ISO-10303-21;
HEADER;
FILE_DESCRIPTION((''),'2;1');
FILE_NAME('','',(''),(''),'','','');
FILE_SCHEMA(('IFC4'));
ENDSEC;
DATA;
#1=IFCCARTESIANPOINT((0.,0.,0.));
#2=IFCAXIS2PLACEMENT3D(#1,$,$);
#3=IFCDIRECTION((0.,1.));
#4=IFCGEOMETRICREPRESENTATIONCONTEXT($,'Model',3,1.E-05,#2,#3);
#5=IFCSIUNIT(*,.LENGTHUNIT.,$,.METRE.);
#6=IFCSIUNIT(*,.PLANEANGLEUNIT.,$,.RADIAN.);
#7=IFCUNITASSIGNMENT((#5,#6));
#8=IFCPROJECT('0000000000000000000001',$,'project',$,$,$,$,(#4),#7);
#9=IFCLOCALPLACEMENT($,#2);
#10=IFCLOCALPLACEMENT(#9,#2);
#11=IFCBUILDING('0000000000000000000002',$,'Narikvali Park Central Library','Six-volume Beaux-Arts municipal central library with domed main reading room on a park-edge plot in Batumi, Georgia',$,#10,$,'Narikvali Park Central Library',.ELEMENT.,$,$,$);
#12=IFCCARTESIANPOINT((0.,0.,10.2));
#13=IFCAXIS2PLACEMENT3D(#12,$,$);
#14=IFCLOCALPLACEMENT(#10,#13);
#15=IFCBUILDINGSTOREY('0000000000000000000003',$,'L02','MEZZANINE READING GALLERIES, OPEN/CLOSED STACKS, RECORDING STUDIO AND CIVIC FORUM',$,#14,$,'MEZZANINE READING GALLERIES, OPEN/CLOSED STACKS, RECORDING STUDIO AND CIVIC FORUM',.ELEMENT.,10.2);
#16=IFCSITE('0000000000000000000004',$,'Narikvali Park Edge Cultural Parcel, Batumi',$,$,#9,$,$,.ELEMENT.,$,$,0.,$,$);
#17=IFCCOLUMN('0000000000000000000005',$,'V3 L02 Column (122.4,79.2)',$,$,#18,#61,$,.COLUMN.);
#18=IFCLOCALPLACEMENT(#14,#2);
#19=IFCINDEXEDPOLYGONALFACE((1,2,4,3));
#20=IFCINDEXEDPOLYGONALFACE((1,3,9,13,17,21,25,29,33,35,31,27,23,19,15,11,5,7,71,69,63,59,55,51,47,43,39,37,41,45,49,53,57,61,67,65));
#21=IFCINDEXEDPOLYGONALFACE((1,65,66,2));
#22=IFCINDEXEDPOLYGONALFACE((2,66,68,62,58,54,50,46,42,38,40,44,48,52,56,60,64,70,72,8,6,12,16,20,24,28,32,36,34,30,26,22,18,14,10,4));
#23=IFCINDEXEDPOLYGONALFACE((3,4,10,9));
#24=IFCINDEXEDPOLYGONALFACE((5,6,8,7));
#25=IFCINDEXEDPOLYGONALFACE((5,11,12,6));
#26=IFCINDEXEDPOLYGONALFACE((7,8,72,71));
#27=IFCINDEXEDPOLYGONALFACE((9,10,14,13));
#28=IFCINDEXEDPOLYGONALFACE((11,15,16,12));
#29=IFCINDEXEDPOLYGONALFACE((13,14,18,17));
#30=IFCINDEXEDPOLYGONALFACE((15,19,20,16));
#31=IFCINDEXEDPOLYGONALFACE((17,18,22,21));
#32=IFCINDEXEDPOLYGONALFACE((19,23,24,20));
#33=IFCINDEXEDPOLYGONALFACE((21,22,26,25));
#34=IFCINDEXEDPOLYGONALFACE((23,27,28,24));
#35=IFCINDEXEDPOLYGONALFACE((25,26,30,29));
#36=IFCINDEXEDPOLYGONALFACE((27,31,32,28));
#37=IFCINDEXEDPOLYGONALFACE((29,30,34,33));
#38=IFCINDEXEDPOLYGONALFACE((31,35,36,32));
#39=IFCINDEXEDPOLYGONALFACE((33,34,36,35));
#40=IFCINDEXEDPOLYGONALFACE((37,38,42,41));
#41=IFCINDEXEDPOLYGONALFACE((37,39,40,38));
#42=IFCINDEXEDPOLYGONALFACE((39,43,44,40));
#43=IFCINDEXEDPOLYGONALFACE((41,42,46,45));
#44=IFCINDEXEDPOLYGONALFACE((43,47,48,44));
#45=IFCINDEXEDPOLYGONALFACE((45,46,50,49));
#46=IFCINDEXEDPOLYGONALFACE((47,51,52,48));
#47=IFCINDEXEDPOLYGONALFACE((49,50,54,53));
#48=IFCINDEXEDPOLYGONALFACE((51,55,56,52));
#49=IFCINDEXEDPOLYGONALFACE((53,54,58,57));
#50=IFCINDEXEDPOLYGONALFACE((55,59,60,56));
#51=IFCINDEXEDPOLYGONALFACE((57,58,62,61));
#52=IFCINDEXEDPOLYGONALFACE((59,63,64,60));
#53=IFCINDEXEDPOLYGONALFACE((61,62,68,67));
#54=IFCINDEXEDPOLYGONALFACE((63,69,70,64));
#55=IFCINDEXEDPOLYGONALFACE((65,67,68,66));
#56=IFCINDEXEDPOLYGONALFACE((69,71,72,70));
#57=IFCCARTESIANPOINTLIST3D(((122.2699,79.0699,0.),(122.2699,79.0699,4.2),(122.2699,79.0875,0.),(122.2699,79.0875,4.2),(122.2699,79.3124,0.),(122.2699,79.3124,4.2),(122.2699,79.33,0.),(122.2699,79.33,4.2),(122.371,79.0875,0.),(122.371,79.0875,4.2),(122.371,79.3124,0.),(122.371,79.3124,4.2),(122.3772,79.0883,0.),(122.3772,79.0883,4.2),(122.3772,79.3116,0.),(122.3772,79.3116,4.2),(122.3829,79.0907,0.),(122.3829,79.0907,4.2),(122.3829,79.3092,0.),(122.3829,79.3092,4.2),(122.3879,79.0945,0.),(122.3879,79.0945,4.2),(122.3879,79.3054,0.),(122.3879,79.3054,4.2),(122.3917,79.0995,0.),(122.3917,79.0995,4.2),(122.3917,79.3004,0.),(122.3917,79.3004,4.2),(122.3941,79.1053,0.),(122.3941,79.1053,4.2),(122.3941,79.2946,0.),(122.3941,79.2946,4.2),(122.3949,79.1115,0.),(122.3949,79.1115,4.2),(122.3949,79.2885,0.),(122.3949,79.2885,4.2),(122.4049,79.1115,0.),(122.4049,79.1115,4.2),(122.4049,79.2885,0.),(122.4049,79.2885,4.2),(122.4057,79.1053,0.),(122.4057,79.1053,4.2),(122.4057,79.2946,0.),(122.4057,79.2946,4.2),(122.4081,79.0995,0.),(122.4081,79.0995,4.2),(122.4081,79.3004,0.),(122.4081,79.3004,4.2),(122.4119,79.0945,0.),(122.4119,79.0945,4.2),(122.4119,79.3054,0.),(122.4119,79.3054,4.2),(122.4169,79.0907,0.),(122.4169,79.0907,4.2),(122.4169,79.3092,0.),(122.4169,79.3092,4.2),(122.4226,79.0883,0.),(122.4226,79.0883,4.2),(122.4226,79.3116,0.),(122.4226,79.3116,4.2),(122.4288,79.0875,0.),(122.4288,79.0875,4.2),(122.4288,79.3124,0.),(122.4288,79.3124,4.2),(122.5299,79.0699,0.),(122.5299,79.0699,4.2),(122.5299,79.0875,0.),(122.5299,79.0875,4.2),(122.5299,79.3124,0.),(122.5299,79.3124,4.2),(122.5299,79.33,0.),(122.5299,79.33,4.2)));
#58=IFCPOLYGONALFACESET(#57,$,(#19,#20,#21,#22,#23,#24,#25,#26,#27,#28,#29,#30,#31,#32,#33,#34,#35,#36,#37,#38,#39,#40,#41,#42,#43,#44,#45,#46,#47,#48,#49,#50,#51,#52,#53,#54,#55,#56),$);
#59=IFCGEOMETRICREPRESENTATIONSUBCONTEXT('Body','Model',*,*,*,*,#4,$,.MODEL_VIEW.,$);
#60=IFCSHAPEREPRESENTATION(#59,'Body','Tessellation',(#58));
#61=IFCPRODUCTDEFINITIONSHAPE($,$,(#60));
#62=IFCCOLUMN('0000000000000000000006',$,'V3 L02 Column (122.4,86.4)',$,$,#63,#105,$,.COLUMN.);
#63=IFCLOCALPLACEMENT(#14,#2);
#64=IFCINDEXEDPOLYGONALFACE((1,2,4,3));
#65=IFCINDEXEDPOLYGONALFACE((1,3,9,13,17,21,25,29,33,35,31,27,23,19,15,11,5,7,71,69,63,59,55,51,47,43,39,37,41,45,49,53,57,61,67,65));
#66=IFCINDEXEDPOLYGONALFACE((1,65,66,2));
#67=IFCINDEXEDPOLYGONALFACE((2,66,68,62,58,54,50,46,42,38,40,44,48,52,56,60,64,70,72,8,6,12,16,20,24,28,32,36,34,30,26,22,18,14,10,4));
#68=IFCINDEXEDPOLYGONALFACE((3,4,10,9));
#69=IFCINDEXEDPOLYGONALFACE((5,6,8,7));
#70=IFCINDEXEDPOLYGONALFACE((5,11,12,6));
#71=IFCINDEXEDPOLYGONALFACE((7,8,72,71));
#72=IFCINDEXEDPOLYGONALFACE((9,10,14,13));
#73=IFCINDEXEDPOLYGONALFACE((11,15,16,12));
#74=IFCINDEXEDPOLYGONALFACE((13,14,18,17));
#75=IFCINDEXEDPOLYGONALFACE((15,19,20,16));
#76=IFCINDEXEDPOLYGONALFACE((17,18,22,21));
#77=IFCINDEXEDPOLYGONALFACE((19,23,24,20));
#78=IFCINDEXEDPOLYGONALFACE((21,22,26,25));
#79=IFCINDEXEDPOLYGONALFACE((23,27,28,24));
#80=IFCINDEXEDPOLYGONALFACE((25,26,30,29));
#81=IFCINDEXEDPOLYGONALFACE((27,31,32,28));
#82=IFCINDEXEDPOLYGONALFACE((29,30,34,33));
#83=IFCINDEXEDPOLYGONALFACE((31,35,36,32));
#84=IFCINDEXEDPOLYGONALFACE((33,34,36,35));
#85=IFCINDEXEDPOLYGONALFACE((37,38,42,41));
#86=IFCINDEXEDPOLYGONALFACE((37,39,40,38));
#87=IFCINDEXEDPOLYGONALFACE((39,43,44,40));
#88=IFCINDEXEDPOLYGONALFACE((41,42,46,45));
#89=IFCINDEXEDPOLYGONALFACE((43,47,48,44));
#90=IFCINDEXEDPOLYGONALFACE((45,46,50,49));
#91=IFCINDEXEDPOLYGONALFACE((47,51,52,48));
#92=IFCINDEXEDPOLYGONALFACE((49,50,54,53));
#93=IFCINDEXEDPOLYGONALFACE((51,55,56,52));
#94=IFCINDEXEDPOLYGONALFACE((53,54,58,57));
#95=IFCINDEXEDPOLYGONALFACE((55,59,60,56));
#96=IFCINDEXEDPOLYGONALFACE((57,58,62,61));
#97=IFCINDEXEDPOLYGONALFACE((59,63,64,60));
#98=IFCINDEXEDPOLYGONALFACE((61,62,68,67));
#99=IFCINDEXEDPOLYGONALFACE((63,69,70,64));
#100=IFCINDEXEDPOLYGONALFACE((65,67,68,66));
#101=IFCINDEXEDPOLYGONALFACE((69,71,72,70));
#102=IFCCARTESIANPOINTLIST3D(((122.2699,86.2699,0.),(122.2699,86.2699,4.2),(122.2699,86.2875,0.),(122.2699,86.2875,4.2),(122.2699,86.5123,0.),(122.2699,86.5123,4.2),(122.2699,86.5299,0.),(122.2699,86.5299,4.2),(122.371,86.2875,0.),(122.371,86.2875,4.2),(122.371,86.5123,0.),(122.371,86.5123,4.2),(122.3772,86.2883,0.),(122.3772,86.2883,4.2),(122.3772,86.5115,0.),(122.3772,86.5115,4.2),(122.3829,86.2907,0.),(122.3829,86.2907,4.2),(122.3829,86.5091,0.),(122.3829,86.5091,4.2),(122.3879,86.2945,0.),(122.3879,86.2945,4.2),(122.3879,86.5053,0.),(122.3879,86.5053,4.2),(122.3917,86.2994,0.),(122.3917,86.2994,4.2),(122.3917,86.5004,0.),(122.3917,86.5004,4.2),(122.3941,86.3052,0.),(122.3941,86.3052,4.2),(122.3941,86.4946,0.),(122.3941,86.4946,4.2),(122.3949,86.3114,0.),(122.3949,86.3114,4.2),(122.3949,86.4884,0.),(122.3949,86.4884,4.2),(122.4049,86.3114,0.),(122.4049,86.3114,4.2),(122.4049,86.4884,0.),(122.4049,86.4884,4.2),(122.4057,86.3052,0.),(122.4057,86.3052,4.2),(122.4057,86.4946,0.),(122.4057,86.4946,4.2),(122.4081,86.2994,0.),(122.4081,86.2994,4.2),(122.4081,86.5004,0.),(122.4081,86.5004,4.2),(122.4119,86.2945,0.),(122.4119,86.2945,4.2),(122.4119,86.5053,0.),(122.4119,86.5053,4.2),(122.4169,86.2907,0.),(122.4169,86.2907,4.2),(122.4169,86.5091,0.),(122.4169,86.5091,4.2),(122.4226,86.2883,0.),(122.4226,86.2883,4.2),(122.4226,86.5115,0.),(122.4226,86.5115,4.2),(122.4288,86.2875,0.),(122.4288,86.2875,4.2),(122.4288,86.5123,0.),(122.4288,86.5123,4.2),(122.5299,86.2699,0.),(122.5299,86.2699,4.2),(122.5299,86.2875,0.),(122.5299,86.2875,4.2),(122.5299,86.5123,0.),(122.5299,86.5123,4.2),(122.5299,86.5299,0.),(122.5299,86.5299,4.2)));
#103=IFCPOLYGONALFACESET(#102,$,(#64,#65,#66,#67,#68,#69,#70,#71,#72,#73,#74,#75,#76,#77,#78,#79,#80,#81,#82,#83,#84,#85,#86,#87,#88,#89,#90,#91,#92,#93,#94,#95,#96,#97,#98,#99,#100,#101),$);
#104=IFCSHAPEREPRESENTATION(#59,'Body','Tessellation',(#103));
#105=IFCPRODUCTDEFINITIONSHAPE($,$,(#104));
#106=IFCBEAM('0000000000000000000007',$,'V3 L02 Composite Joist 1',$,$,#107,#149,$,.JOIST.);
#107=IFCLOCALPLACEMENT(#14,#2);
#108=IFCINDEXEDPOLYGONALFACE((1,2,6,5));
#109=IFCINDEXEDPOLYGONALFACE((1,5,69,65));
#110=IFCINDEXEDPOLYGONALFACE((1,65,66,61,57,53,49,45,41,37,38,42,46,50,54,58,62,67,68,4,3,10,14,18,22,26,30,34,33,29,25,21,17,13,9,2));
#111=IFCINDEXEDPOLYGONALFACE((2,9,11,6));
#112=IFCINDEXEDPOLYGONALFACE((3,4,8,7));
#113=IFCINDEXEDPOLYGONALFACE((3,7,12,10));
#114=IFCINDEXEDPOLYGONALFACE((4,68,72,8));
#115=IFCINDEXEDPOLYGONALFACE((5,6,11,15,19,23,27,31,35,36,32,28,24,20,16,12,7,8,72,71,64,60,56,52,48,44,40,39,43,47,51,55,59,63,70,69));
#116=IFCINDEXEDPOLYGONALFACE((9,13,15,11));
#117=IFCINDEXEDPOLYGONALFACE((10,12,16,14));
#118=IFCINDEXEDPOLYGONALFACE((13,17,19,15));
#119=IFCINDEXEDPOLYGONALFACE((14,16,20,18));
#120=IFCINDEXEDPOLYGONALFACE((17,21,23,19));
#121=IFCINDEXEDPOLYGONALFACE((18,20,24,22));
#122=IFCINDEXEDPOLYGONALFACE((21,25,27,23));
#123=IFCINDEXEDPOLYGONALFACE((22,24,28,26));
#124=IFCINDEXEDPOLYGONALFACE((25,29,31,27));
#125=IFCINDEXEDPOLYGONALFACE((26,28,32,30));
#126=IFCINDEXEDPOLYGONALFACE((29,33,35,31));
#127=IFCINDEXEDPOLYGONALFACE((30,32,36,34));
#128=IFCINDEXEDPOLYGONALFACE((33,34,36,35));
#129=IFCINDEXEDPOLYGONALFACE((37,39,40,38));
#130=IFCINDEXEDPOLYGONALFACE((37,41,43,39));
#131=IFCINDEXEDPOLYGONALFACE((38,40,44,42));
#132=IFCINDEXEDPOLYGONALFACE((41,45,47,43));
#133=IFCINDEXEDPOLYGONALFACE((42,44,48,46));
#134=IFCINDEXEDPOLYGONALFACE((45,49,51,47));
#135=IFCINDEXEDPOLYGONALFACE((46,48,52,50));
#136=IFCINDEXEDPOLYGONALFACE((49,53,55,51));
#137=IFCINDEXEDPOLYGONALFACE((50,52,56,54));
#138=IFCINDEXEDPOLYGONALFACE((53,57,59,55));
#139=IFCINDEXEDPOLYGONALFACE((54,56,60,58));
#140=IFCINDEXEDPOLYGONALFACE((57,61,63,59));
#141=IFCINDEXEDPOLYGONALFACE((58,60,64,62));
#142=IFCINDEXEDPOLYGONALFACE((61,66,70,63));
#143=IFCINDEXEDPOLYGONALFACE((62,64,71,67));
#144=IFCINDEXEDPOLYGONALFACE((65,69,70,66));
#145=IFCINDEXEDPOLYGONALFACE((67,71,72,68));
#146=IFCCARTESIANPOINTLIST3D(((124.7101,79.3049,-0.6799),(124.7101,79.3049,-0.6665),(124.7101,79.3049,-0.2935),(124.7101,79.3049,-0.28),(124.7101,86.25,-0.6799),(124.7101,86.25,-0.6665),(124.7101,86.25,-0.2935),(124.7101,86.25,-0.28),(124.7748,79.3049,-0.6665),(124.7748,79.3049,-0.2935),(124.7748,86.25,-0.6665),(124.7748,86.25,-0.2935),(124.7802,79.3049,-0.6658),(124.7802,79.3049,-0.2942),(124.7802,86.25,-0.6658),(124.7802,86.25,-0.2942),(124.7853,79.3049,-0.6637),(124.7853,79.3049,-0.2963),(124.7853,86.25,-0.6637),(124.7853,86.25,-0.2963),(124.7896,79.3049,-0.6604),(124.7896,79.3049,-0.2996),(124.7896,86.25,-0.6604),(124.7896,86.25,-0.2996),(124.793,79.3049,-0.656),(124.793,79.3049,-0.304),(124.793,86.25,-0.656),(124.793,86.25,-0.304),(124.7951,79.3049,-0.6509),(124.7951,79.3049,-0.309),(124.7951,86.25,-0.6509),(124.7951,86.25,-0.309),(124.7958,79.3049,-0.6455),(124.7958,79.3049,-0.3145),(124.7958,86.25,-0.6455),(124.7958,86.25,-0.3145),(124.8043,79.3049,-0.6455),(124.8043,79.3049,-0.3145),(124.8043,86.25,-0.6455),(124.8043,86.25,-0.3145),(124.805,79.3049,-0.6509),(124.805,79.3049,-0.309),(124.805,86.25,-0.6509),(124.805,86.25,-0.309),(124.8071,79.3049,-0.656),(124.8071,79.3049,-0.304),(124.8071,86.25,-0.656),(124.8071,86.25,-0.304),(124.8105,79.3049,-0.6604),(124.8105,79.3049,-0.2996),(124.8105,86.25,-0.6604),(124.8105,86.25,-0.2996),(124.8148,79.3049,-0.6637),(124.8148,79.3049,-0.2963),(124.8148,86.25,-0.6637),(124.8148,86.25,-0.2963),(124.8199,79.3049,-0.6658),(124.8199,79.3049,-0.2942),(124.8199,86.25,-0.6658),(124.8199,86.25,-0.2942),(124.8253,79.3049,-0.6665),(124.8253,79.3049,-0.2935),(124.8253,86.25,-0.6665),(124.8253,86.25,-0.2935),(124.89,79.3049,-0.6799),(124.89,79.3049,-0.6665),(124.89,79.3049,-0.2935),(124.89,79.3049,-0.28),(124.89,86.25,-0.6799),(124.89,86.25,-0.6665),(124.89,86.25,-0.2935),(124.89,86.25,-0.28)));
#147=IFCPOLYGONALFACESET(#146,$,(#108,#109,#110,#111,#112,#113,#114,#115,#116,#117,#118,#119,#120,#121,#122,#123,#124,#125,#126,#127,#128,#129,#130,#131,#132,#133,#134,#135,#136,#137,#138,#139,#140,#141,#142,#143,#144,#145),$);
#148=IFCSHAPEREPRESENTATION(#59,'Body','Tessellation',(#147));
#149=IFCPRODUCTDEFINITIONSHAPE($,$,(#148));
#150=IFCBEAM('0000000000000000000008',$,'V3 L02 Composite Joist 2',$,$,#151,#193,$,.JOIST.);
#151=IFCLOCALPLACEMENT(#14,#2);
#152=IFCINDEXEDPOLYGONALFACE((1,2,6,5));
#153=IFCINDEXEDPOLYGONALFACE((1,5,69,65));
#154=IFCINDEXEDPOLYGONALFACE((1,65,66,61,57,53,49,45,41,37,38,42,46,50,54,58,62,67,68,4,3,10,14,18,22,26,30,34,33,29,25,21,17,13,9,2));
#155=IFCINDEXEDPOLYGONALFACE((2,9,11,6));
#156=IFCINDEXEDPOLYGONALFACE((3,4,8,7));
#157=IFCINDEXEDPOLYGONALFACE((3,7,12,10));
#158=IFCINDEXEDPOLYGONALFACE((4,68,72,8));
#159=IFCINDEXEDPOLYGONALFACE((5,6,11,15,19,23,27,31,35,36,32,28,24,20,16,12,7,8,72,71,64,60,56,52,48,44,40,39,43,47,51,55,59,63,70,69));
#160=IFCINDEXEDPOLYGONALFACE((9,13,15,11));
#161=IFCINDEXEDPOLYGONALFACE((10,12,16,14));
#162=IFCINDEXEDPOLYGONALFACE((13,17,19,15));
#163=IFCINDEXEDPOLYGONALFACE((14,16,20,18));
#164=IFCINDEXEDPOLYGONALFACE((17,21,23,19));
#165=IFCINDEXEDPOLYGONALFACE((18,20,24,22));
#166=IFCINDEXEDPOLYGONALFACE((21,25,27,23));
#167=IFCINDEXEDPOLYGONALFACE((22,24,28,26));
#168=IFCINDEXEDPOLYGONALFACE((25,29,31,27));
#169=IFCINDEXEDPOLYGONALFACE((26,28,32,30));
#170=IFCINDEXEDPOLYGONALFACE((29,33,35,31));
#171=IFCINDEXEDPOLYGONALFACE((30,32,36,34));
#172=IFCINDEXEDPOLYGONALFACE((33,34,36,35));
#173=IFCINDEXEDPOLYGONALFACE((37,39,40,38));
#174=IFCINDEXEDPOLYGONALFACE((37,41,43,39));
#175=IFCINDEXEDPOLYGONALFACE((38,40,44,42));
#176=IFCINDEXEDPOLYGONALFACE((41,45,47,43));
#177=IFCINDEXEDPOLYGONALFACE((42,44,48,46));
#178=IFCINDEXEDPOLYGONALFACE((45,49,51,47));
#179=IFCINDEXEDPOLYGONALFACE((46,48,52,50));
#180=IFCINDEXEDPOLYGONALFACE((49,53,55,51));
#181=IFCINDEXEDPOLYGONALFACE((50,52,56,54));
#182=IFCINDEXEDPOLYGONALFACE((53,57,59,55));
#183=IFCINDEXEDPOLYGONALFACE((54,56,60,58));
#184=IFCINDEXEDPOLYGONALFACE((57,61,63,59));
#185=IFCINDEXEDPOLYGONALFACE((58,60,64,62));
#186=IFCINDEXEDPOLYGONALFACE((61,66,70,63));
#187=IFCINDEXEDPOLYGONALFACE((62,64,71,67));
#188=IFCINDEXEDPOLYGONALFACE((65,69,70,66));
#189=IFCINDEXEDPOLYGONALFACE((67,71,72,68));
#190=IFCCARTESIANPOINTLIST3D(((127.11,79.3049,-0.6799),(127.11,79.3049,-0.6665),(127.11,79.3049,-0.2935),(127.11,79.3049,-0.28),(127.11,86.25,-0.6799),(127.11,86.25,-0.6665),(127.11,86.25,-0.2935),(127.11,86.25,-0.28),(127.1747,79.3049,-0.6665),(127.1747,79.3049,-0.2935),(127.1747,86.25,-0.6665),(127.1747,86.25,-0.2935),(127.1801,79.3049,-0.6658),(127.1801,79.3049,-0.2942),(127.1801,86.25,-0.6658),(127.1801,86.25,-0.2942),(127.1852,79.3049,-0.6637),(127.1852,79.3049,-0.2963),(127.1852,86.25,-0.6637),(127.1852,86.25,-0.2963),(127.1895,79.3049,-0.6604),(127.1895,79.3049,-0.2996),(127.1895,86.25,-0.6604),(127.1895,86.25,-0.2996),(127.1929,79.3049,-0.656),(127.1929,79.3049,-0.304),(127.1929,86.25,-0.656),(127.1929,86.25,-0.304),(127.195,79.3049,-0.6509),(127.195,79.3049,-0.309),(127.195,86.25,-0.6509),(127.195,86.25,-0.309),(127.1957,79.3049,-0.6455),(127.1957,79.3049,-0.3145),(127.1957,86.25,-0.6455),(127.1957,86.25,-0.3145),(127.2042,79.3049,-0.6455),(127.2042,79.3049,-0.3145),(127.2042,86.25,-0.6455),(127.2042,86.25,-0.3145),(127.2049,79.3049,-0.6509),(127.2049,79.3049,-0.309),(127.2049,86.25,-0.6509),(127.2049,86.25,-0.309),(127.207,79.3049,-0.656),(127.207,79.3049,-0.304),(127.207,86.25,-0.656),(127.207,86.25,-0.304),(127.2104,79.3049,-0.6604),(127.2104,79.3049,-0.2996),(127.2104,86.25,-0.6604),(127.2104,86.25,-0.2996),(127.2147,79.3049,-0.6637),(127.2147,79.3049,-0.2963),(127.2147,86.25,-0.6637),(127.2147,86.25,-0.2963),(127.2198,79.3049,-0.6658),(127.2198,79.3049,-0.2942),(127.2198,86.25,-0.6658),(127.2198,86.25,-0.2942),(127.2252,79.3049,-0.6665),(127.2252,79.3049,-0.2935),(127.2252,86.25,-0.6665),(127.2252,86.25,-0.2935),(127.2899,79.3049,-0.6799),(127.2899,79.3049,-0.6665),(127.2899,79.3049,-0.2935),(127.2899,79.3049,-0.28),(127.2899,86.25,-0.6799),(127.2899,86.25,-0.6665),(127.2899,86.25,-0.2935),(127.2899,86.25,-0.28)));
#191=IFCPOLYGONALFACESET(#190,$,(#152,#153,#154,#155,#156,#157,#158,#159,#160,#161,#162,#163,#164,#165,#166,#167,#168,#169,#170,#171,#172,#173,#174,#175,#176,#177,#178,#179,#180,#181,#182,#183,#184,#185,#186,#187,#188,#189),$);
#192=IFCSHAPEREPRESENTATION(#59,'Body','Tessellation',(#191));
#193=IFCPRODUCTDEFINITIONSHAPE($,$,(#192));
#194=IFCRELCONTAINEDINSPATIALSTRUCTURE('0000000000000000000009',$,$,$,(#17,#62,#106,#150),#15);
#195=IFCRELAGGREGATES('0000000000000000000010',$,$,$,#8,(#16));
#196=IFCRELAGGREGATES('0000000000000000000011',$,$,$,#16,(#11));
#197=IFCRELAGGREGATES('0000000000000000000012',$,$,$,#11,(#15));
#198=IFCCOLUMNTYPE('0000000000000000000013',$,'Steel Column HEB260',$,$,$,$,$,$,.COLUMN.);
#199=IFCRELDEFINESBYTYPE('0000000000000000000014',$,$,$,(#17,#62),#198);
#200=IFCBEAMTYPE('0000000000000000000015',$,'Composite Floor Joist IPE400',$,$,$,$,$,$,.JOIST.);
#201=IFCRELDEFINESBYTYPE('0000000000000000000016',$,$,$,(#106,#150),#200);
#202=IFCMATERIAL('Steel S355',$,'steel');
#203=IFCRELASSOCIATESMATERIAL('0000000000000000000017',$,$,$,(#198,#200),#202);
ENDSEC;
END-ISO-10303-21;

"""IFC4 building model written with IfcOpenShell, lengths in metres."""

from ifc_helpers import new_model, si_unit, direction, frame, origin, origin_2d, place, context, subcontext, project, spatial, i_section, extrude, material, material_profile, profile_set, type_object, element, save


model = new_model("IFC4")

# Units and contexts
model_context = context("Model", 3, precision=1e-05, world=origin(), true_north=direction((0.0, 1.0)))
body_context = subcontext(model_context, "Body", "Model", "MODEL_VIEW")
ifc_project = project(units=[si_unit("LENGTHUNIT", "METRE"), si_unit("PLANEANGLEUNIT", "RADIAN")], contexts=[model_context])

# Site, building, storey
site_placement = place(None, origin())
site = spatial("IfcSite", under=ifc_project, at=site_placement, Name="Narikvali Park Edge Cultural Parcel, Batumi", CompositionType="ELEMENT", RefElevation=0.0)
building_placement = place(site_placement, origin())
building = spatial("IfcBuilding", under=site, at=building_placement, Name="Narikvali Park Central Library", Description="Six-volume Beaux-Arts municipal central library with domed main reading room on a park-edge plot in Batumi, Georgia", LongName="Narikvali Park Central Library", CompositionType="ELEMENT")
storey_placement = place(building_placement, frame((0.0, 0.0, 10.2)))
storey = spatial("IfcBuildingStorey", under=building, at=storey_placement, Name="L02", Description="MEZZANINE READING GALLERIES, OPEN/CLOSED STACKS, RECORDING STUDIO AND CIVIC FORUM", LongName="MEZZANINE READING GALLERIES, OPEN/CLOSED STACKS, RECORDING STUDIO AND CIVIC FORUM", CompositionType="ELEMENT", Elevation=10.2)

# Columns
ifc_material_1 = material(Name="Steel S355", Category="steel")
ifc_material_profile_1 = material_profile(ifc_material_1, i_section(OverallWidth=0.26, OverallDepth=0.26, WebThickness=0.01, FlangeThickness=0.0176, FilletRadius=0.0239, at=origin_2d()), Name="HEB 260")
ifc_profile_set_1 = profile_set([ifc_material_profile_1], Name="Steel S355")
column_type = type_object("IfcColumnType", Name="Steel Column HEB260", PredefinedType="COLUMN", material=ifc_profile_set_1)
for number, where, z_axis, x_axis, name in (
    (1, (122.3999, 79.2, 0.0), (0.0, 0.0, 1.0), (1.0, 0.0, 0.0), "V3 L02 Column (122.4,79.2)"),
    (2, (122.3999, 86.3999, 0.0), (0.0, 0.0, 1.0), (1.0, 0.0, 0.0), "V3 L02 Column (122.4,86.4)"),
):
    element("IfcColumn", number, at=place(storey_placement, frame(where, z_axis=z_axis, x_axis=x_axis)), inside=storey, type_object=column_type, Name=name, PredefinedType="COLUMN", context=body_context, shape_type="SweptSolid", body=[
        extrude(i_section(OverallWidth=0.26, OverallDepth=0.26, WebThickness=0.01, FlangeThickness=0.0176, FilletRadius=0.0239, at=origin_2d()), origin(), (0.0, 0.0, 1.0), 4.2),
    ])

# Beams
ifc_material_profile_2 = material_profile(ifc_material_1, i_section(OverallWidth=0.1799, OverallDepth=0.3999, WebThickness=0.0085, FlangeThickness=0.0134, FilletRadius=0.021, at=origin_2d()), Name="IPE 400")
ifc_profile_set_2 = profile_set([ifc_material_profile_2], Name="Steel S355")
beam_type_1 = type_object("IfcBeamType", Name="Composite Floor Joist IPE400", PredefinedType="JOIST", material=ifc_profile_set_2)
for number, where, z_axis, x_axis, name in (
    (3, (124.8, 79.3049, -0.48), (0.0, 1.0, 0.0), (-1.0, 0.0, 0.0), "V3 L02 Composite Joist 1"),
    (4, (127.2, 79.3049, -0.48), (0.0, 1.0, 0.0), (-1.0, 0.0, 0.0), "V3 L02 Composite Joist 2"),
):
    element("IfcBeam", number, at=place(storey_placement, frame(where, z_axis=z_axis, x_axis=x_axis)), inside=storey, type_object=beam_type_1, Name=name, PredefinedType="JOIST", context=body_context, shape_type="SweptSolid", body=[
        extrude(i_section(OverallWidth=0.1799, OverallDepth=0.3999, WebThickness=0.0085, FlangeThickness=0.0134, FilletRadius=0.021, at=origin_2d()), origin(), (0.0, 0.0, 1.0), 6.9451),
    ])

save(model, "model.ifc")
